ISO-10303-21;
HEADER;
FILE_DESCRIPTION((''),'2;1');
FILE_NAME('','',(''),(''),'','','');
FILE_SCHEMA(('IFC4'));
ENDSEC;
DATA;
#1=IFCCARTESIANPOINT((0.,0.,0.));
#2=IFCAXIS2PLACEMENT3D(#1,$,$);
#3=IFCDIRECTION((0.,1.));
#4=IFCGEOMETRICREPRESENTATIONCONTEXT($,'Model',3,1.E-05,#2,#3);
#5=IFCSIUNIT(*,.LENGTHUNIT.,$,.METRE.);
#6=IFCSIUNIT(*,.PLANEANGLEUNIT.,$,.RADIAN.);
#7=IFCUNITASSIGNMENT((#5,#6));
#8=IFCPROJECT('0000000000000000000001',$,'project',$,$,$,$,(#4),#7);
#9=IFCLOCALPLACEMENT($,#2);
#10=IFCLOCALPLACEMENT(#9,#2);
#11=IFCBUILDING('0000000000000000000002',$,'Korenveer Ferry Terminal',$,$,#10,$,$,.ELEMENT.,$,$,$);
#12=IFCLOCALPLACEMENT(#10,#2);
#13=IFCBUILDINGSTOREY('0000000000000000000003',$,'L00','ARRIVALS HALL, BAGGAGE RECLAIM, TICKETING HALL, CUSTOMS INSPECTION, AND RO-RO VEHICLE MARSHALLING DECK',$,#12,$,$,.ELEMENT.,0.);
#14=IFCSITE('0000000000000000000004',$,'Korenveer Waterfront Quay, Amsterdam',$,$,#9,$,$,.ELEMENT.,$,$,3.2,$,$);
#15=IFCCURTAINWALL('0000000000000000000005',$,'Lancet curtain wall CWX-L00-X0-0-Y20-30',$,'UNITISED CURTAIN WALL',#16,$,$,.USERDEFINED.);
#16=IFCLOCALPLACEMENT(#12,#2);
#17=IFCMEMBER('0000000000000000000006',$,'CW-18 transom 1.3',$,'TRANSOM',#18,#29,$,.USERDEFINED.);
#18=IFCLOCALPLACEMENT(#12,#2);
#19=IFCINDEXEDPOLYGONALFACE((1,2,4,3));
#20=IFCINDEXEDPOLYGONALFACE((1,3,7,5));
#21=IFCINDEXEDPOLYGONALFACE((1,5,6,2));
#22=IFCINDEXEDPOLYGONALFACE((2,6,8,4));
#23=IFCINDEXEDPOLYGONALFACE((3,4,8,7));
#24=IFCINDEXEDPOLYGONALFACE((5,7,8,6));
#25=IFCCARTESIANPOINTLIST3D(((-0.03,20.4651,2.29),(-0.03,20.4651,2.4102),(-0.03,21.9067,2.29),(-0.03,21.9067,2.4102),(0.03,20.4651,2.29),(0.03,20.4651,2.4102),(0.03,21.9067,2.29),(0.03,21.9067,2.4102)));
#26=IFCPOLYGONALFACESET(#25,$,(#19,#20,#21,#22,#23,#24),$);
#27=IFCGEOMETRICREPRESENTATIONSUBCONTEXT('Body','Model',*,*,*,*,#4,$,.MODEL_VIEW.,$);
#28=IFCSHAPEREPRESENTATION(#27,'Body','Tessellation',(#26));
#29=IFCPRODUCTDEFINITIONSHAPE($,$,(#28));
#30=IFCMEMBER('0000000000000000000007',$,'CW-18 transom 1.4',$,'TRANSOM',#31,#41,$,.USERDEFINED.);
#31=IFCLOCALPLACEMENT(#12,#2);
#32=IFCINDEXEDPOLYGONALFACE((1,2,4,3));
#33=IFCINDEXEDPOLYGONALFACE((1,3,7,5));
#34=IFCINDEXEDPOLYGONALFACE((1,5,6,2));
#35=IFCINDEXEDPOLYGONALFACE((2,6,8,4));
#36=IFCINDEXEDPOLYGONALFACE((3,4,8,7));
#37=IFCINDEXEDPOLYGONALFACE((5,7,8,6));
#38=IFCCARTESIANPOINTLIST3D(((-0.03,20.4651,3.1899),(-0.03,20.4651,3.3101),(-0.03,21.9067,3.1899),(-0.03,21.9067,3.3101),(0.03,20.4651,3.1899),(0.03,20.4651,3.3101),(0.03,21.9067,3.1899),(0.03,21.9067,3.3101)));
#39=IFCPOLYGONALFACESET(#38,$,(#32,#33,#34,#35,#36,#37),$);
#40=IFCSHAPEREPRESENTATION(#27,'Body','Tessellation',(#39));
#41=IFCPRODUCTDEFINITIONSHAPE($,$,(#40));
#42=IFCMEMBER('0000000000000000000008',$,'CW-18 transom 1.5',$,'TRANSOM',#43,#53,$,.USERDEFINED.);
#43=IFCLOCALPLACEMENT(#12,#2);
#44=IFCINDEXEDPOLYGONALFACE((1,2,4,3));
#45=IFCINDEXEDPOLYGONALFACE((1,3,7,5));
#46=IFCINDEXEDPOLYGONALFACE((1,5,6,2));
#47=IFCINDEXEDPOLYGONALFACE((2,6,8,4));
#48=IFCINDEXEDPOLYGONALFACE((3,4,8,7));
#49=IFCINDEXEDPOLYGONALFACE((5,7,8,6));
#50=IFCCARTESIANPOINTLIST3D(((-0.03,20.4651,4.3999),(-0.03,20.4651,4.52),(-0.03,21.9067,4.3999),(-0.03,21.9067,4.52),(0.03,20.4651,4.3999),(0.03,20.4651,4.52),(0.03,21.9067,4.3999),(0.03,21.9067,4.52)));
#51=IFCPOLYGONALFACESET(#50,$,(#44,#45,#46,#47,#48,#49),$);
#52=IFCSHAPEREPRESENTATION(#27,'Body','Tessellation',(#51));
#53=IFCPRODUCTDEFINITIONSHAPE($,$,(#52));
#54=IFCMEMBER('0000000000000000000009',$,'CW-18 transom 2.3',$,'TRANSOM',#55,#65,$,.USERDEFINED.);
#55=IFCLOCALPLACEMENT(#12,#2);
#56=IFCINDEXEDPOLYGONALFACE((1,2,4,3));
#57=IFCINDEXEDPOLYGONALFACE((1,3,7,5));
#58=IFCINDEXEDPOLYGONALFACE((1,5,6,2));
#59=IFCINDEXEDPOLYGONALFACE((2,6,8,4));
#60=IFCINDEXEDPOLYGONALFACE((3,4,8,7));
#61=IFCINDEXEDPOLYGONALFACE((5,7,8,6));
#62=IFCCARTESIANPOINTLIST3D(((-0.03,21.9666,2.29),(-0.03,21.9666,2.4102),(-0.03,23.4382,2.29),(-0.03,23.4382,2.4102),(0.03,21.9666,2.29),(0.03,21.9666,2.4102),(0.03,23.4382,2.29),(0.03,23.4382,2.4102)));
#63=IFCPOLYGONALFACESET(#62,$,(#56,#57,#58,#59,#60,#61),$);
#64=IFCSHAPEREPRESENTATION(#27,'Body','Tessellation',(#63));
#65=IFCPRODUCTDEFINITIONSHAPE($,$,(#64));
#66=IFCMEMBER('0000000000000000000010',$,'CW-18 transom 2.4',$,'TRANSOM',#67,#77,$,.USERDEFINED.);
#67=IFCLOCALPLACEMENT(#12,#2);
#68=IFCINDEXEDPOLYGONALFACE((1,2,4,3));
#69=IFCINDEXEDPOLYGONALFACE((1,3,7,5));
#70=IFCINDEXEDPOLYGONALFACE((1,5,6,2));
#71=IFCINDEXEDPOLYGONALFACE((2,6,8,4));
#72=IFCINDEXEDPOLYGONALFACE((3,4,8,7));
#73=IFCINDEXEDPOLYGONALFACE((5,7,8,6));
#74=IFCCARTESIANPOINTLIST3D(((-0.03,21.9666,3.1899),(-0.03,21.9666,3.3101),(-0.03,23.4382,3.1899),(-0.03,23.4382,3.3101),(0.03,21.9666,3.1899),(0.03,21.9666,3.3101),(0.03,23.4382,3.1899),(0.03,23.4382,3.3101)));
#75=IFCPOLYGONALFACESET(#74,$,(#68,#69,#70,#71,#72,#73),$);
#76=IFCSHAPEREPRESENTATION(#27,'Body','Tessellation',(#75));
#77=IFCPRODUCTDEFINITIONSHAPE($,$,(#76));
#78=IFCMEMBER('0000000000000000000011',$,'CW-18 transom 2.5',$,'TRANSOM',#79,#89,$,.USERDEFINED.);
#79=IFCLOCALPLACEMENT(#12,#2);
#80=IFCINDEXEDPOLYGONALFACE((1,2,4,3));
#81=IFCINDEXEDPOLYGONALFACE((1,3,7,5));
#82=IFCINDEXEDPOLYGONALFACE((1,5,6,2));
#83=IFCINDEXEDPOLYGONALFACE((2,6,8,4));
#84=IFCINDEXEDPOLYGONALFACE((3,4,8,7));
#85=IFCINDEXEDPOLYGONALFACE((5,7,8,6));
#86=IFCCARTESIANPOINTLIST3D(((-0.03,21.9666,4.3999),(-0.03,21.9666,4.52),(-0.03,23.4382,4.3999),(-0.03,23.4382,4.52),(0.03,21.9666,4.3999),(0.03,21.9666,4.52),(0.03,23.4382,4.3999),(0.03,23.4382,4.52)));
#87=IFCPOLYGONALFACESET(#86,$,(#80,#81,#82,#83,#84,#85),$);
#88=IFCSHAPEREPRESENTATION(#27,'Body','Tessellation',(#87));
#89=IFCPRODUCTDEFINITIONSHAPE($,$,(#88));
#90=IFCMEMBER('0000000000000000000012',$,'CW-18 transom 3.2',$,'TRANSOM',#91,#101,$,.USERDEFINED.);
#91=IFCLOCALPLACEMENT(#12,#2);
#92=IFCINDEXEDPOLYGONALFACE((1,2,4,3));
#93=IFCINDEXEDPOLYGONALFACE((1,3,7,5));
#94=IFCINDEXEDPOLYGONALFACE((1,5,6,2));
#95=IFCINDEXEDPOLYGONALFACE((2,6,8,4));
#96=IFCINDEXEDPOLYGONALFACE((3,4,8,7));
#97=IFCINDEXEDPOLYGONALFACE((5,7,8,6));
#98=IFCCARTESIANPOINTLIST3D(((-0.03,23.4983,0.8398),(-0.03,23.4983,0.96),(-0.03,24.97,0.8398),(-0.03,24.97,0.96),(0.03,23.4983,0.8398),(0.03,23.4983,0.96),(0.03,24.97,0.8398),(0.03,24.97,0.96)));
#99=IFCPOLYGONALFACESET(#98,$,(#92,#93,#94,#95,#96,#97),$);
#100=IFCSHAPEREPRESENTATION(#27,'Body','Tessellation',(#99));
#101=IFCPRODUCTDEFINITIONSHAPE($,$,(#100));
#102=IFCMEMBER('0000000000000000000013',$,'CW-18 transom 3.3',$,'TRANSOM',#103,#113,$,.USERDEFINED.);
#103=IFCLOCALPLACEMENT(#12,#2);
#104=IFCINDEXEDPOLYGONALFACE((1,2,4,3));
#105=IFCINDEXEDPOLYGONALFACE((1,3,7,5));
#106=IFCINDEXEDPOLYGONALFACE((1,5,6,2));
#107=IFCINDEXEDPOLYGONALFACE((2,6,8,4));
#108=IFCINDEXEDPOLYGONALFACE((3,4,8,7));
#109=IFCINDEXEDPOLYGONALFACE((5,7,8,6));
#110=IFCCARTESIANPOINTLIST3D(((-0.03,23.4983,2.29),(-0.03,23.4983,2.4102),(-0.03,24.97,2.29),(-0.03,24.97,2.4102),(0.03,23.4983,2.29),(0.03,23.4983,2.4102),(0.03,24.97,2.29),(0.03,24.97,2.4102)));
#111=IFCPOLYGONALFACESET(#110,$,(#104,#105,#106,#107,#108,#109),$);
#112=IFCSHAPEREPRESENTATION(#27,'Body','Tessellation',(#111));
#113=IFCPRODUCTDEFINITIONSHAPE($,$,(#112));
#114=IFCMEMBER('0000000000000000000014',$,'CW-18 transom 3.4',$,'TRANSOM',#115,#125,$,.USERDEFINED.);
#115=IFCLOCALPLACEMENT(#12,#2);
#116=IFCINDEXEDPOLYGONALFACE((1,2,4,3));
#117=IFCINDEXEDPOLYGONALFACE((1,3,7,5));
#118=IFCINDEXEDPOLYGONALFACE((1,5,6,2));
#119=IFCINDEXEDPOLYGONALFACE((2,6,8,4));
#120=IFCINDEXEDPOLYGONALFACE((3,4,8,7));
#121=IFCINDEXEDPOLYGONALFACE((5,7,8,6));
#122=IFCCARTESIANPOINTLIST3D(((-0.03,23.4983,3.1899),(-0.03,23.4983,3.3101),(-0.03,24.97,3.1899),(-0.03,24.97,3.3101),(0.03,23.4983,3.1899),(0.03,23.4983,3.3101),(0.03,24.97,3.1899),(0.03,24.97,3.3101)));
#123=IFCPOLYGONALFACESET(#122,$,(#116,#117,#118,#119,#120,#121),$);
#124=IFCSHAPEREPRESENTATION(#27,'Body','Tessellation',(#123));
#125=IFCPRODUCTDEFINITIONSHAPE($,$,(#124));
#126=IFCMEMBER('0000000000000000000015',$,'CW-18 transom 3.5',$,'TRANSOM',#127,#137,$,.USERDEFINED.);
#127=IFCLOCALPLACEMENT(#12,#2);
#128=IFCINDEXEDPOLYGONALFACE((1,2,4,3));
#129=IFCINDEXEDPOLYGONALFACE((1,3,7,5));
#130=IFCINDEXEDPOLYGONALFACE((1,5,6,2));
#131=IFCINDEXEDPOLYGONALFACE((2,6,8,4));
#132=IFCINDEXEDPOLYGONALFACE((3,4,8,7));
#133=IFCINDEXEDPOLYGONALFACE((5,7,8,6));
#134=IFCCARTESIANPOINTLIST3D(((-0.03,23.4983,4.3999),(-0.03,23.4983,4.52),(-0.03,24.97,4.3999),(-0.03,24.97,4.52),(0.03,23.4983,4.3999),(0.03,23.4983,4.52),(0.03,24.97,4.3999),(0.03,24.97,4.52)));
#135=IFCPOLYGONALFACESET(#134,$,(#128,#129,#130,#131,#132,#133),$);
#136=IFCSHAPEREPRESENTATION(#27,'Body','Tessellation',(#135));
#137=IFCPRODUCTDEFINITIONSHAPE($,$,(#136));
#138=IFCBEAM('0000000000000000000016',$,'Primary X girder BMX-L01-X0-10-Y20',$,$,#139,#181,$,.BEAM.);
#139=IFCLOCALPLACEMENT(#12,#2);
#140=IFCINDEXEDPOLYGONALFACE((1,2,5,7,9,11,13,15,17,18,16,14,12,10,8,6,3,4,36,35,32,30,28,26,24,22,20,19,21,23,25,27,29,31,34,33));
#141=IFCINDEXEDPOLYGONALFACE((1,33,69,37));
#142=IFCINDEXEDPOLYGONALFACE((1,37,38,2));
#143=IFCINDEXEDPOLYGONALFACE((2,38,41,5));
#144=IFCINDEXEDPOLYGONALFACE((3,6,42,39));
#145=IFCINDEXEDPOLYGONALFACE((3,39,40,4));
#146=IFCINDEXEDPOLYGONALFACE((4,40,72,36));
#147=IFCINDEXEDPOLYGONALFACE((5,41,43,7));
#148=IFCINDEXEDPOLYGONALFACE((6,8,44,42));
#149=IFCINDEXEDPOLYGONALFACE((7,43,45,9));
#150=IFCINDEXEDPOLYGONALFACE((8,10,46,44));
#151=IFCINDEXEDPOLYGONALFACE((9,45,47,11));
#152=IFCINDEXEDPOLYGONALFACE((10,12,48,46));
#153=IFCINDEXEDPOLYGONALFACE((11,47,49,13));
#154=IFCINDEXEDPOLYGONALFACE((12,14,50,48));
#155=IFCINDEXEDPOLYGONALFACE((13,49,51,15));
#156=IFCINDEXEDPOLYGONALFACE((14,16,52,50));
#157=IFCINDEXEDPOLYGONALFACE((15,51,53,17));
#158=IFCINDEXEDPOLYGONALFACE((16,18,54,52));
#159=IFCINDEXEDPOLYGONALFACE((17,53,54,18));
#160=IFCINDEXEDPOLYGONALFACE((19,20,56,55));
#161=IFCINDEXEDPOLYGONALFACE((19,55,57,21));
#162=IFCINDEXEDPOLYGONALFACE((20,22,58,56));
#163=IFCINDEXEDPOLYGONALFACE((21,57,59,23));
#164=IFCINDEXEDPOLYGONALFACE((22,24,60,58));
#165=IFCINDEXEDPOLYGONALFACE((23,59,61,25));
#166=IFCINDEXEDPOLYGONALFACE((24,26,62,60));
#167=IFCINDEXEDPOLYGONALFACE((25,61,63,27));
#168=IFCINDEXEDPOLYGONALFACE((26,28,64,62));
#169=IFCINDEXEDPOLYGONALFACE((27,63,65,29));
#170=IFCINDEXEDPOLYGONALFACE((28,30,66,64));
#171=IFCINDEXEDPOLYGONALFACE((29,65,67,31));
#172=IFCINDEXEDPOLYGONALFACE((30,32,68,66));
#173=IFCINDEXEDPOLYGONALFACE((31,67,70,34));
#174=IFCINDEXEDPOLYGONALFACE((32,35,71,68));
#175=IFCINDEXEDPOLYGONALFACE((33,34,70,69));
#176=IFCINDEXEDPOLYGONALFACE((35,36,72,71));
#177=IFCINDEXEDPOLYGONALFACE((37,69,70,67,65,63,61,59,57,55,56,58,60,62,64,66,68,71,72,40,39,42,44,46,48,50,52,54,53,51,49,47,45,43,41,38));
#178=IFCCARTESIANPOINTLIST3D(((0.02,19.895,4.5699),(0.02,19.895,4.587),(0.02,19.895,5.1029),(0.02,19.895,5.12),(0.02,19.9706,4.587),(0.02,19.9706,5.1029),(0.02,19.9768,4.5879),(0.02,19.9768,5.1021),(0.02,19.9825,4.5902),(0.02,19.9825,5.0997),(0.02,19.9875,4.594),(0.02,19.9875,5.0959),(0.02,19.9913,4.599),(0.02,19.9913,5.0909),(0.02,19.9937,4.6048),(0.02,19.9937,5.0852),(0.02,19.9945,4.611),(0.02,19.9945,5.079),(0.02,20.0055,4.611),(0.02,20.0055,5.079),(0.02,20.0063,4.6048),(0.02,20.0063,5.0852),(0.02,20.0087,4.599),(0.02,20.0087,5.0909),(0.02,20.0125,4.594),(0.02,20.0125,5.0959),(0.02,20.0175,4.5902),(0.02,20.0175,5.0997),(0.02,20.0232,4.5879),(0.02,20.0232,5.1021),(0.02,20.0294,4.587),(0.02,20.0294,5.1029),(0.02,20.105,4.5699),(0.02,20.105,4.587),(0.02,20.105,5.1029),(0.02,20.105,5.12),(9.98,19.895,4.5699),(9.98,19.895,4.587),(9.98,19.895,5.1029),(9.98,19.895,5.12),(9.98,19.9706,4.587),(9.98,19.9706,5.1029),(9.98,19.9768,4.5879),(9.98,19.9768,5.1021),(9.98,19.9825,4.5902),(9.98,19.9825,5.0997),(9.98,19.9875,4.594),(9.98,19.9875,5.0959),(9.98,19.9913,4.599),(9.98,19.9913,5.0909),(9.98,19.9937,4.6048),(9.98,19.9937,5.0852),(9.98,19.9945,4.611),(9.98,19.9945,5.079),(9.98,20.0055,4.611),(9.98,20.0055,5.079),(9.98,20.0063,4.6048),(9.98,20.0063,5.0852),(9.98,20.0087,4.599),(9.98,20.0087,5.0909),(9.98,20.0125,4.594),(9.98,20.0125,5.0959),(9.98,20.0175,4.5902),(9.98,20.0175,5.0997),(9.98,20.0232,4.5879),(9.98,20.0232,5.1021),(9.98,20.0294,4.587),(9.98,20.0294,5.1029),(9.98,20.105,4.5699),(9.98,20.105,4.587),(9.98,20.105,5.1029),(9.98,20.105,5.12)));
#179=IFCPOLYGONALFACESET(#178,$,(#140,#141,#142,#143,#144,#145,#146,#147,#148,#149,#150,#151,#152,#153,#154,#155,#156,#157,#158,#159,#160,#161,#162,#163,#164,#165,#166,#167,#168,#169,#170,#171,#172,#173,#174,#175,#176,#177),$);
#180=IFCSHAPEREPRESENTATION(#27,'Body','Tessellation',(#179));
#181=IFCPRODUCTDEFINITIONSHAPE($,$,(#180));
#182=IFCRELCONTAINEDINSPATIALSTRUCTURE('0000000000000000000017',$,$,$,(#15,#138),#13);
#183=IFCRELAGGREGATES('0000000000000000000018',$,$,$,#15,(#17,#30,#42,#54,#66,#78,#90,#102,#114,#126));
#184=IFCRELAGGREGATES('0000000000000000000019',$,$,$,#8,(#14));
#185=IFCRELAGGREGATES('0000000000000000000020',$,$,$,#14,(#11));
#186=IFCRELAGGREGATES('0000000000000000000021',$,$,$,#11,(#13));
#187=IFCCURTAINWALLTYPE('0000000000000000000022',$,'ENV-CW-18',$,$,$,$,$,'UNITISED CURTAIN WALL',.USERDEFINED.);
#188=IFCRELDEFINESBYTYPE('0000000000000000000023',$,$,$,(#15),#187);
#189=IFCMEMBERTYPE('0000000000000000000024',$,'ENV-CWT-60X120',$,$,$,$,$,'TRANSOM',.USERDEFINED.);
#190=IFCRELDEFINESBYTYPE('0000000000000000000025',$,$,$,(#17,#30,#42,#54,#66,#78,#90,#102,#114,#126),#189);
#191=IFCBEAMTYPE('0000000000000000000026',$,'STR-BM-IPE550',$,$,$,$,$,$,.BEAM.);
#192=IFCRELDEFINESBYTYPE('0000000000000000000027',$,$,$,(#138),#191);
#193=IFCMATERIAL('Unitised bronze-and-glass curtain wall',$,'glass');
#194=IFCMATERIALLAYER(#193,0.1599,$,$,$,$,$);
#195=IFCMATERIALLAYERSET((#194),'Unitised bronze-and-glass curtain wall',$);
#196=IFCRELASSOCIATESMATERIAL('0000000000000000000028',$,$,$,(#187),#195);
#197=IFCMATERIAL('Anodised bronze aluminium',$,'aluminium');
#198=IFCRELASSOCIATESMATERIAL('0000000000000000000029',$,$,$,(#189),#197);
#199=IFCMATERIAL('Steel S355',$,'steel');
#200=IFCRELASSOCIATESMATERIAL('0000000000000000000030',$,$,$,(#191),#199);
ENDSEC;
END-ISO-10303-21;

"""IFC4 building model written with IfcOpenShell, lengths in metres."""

from ifc_helpers import new_model, si_unit, direction, frame, origin, origin_2d, place, context, subcontext, project, spatial, rectangle, i_section, extrude, material, layer, layer_set, material_profile, profile_set, type_object, element, aggregate, save


model = new_model("IFC4")

# Units and contexts
model_context = context("Model", 3, precision=1e-05, world=origin(), true_north=direction((0.0, 1.0)))
body_context = subcontext(model_context, "Body", "Model", "MODEL_VIEW")
ifc_project = project(units=[si_unit("LENGTHUNIT", "METRE"), si_unit("PLANEANGLEUNIT", "RADIAN")], contexts=[model_context])

# Site, building, storey
site_placement = place(None, origin())
site = spatial("IfcSite", under=ifc_project, at=site_placement, Name="Korenveer Waterfront Quay, Amsterdam", CompositionType="ELEMENT", RefElevation=3.2)
building_placement = place(site_placement, origin())
building = spatial("IfcBuilding", under=site, at=building_placement, Name="Korenveer Ferry Terminal", CompositionType="ELEMENT")
storey_placement = place(building_placement, origin())
storey = spatial("IfcBuildingStorey", under=building, at=storey_placement, Name="L00", Description="ARRIVALS HALL, BAGGAGE RECLAIM, TICKETING HALL, CUSTOMS INSPECTION, AND RO-RO VEHICLE MARSHALLING DECK", CompositionType="ELEMENT", Elevation=0.0)

# Curtain wall, members
ifc_material_1 = material(Name="Unitised bronze-and-glass curtain wall", Category="glass")
ifc_layer_1 = layer(ifc_material_1, 0.1599)
ifc_layer_set_1 = layer_set([ifc_layer_1], Name="Unitised bronze-and-glass curtain wall")
curtain_wall_type = type_object("IfcCurtainWallType", Name="ENV-CW-18", ElementType="UNITISED CURTAIN WALL", PredefinedType="USERDEFINED", material=ifc_layer_set_1)
curtain_wall_placement = place(storey_placement, frame((0.0, 20.405, 0.0)))
curtain_wall = element("IfcCurtainWall", 1, at=curtain_wall_placement, inside=storey, type_object=curtain_wall_type, Name="Lancet curtain wall CWX-L00-X0-0-Y20-30", ObjectType="UNITISED CURTAIN WALL", PredefinedType="USERDEFINED")
ifc_material_2 = material(Name="Anodised bronze aluminium", Category="aluminium")
ifc_material_profile_1 = material_profile(ifc_material_2, rectangle(XDim=0.0601, YDim=0.1201, at=origin_2d()), Name="ALU 60x120")
ifc_profile_set_1 = profile_set([ifc_material_profile_1], Name="Anodised bronze aluminium")
member_type = type_object("IfcMemberType", Name="ENV-CWT-60X120", ElementType="TRANSOM", PredefinedType="USERDEFINED", material=ifc_profile_set_1)
member_1_placement = place(storey_placement, frame((0.0, 20.4651, 2.3501), z_axis=(0.0, 1.0, 0.0), x_axis=(-1.0, 0.0, 0.0)))
member_1 = element("IfcMember", 2, at=member_1_placement, type_object=member_type, Name="CW-18 transom 1.3", ObjectType="TRANSOM", PredefinedType="USERDEFINED", context=body_context, shape_type="SweptSolid", body=[
    extrude(rectangle(XDim=0.0601, YDim=0.1201, at=origin_2d()), origin(), (0.0, 0.0, 1.0), 1.4417),
])
member_2_placement = place(storey_placement, frame((0.0, 20.4651, 3.25), z_axis=(0.0, 1.0, 0.0), x_axis=(-1.0, 0.0, 0.0)))
member_2 = element("IfcMember", 3, at=member_2_placement, type_object=member_type, Name="CW-18 transom 1.4", ObjectType="TRANSOM", PredefinedType="USERDEFINED", context=body_context, shape_type="SweptSolid", body=[
    extrude(rectangle(XDim=0.0601, YDim=0.1201, at=origin_2d()), origin(), (0.0, 0.0, 1.0), 1.4417),
])
member_3_placement = place(storey_placement, frame((0.0, 20.4651, 4.46), z_axis=(0.0, 1.0, 0.0), x_axis=(-1.0, 0.0, 0.0)))
member_3 = element("IfcMember", 4, at=member_3_placement, type_object=member_type, Name="CW-18 transom 1.5", ObjectType="TRANSOM", PredefinedType="USERDEFINED", context=body_context, shape_type="SweptSolid", body=[
    extrude(rectangle(XDim=0.0601, YDim=0.1201, at=origin_2d()), origin(), (0.0, 0.0, 1.0), 1.4417),
])
member_4_placement = place(storey_placement, frame((0.0, 21.9666, 2.3501), z_axis=(0.0, 1.0, 0.0), x_axis=(-1.0, 0.0, 0.0)))
member_4 = element("IfcMember", 5, at=member_4_placement, type_object=member_type, Name="CW-18 transom 2.3", ObjectType="TRANSOM", PredefinedType="USERDEFINED", context=body_context, shape_type="SweptSolid", body=[
    extrude(rectangle(XDim=0.0601, YDim=0.1201, at=origin_2d()), origin(), (0.0, 0.0, 1.0), 1.4717),
])
member_5_placement = place(storey_placement, frame((0.0, 21.9666, 3.25), z_axis=(0.0, 1.0, 0.0), x_axis=(-1.0, 0.0, 0.0)))
member_5 = element("IfcMember", 6, at=member_5_placement, type_object=member_type, Name="CW-18 transom 2.4", ObjectType="TRANSOM", PredefinedType="USERDEFINED", context=body_context, shape_type="SweptSolid", body=[
    extrude(rectangle(XDim=0.0601, YDim=0.1201, at=origin_2d()), origin(), (0.0, 0.0, 1.0), 1.4717),
])
member_6_placement = place(storey_placement, frame((0.0, 21.9666, 4.46), z_axis=(0.0, 1.0, 0.0), x_axis=(-1.0, 0.0, 0.0)))
member_6 = element("IfcMember", 7, at=member_6_placement, type_object=member_type, Name="CW-18 transom 2.5", ObjectType="TRANSOM", PredefinedType="USERDEFINED", context=body_context, shape_type="SweptSolid", body=[
    extrude(rectangle(XDim=0.0601, YDim=0.1201, at=origin_2d()), origin(), (0.0, 0.0, 1.0), 1.4717),
])
member_7_placement = place(storey_placement, frame((0.0, 23.4983, 0.8999), z_axis=(0.0, 1.0, 0.0), x_axis=(-1.0, 0.0, 0.0)))
member_7 = element("IfcMember", 8, at=member_7_placement, type_object=member_type, Name="CW-18 transom 3.2", ObjectType="TRANSOM", PredefinedType="USERDEFINED", context=body_context, shape_type="SweptSolid", body=[
    extrude(rectangle(XDim=0.0601, YDim=0.1201, at=origin_2d()), origin(), (0.0, 0.0, 1.0), 1.4717),
])
member_8_placement = place(storey_placement, frame((0.0, 23.4983, 2.3501), z_axis=(0.0, 1.0, 0.0), x_axis=(-1.0, 0.0, 0.0)))
member_8 = element("IfcMember", 9, at=member_8_placement, type_object=member_type, Name="CW-18 transom 3.3", ObjectType="TRANSOM", PredefinedType="USERDEFINED", context=body_context, shape_type="SweptSolid", body=[
    extrude(rectangle(XDim=0.0601, YDim=0.1201, at=origin_2d()), origin(), (0.0, 0.0, 1.0), 1.4717),
])
member_9_placement = place(storey_placement, frame((0.0, 23.4983, 3.25), z_axis=(0.0, 1.0, 0.0), x_axis=(-1.0, 0.0, 0.0)))
member_9 = element("IfcMember", 10, at=member_9_placement, type_object=member_type, Name="CW-18 transom 3.4", ObjectType="TRANSOM", PredefinedType="USERDEFINED", context=body_context, shape_type="SweptSolid", body=[
    extrude(rectangle(XDim=0.0601, YDim=0.1201, at=origin_2d()), origin(), (0.0, 0.0, 1.0), 1.4717),
])
member_10_placement = place(storey_placement, frame((0.0, 23.4983, 4.46), z_axis=(0.0, 1.0, 0.0), x_axis=(-1.0, 0.0, 0.0)))
member_10 = element("IfcMember", 11, at=member_10_placement, type_object=member_type, Name="CW-18 transom 3.5", ObjectType="TRANSOM", PredefinedType="USERDEFINED", context=body_context, shape_type="SweptSolid", body=[
    extrude(rectangle(XDim=0.0601, YDim=0.1201, at=origin_2d()), origin(), (0.0, 0.0, 1.0), 1.4717),
])

# Beam
ifc_material_3 = material(Name="Steel S355", Category="steel")
ifc_material_profile_2 = material_profile(ifc_material_3, i_section(OverallWidth=0.21, OverallDepth=0.55, WebThickness=0.011, FlangeThickness=0.0171, FilletRadius=0.0239, at=origin_2d()), Name="IPE 550")
ifc_profile_set_2 = profile_set([ifc_material_profile_2], Name="Steel S355")
beam_type_1 = type_object("IfcBeamType", Name="STR-BM-IPE550", PredefinedType="BEAM", material=ifc_profile_set_2)
beam_1_placement = place(storey_placement, frame((0.02, 20.0, 4.845), z_axis=(1.0, 0.0, 0.0), x_axis=(0.0, 1.0, 0.0)))
element("IfcBeam", 12, at=beam_1_placement, inside=storey, type_object=beam_type_1, Name="Primary X girder BMX-L01-X0-10-Y20", PredefinedType="BEAM", context=body_context, shape_type="SweptSolid", body=[
    extrude(i_section(OverallWidth=0.21, OverallDepth=0.55, WebThickness=0.011, FlangeThickness=0.0171, FilletRadius=0.0239, at=origin_2d()), origin(), (0.0, 0.0, 1.0), 9.96),
])

aggregate(curtain_wall, [member_1, member_2, member_3, member_4, member_5, member_6, member_7, member_8, member_9, member_10])

save(model, "model.ifc")
